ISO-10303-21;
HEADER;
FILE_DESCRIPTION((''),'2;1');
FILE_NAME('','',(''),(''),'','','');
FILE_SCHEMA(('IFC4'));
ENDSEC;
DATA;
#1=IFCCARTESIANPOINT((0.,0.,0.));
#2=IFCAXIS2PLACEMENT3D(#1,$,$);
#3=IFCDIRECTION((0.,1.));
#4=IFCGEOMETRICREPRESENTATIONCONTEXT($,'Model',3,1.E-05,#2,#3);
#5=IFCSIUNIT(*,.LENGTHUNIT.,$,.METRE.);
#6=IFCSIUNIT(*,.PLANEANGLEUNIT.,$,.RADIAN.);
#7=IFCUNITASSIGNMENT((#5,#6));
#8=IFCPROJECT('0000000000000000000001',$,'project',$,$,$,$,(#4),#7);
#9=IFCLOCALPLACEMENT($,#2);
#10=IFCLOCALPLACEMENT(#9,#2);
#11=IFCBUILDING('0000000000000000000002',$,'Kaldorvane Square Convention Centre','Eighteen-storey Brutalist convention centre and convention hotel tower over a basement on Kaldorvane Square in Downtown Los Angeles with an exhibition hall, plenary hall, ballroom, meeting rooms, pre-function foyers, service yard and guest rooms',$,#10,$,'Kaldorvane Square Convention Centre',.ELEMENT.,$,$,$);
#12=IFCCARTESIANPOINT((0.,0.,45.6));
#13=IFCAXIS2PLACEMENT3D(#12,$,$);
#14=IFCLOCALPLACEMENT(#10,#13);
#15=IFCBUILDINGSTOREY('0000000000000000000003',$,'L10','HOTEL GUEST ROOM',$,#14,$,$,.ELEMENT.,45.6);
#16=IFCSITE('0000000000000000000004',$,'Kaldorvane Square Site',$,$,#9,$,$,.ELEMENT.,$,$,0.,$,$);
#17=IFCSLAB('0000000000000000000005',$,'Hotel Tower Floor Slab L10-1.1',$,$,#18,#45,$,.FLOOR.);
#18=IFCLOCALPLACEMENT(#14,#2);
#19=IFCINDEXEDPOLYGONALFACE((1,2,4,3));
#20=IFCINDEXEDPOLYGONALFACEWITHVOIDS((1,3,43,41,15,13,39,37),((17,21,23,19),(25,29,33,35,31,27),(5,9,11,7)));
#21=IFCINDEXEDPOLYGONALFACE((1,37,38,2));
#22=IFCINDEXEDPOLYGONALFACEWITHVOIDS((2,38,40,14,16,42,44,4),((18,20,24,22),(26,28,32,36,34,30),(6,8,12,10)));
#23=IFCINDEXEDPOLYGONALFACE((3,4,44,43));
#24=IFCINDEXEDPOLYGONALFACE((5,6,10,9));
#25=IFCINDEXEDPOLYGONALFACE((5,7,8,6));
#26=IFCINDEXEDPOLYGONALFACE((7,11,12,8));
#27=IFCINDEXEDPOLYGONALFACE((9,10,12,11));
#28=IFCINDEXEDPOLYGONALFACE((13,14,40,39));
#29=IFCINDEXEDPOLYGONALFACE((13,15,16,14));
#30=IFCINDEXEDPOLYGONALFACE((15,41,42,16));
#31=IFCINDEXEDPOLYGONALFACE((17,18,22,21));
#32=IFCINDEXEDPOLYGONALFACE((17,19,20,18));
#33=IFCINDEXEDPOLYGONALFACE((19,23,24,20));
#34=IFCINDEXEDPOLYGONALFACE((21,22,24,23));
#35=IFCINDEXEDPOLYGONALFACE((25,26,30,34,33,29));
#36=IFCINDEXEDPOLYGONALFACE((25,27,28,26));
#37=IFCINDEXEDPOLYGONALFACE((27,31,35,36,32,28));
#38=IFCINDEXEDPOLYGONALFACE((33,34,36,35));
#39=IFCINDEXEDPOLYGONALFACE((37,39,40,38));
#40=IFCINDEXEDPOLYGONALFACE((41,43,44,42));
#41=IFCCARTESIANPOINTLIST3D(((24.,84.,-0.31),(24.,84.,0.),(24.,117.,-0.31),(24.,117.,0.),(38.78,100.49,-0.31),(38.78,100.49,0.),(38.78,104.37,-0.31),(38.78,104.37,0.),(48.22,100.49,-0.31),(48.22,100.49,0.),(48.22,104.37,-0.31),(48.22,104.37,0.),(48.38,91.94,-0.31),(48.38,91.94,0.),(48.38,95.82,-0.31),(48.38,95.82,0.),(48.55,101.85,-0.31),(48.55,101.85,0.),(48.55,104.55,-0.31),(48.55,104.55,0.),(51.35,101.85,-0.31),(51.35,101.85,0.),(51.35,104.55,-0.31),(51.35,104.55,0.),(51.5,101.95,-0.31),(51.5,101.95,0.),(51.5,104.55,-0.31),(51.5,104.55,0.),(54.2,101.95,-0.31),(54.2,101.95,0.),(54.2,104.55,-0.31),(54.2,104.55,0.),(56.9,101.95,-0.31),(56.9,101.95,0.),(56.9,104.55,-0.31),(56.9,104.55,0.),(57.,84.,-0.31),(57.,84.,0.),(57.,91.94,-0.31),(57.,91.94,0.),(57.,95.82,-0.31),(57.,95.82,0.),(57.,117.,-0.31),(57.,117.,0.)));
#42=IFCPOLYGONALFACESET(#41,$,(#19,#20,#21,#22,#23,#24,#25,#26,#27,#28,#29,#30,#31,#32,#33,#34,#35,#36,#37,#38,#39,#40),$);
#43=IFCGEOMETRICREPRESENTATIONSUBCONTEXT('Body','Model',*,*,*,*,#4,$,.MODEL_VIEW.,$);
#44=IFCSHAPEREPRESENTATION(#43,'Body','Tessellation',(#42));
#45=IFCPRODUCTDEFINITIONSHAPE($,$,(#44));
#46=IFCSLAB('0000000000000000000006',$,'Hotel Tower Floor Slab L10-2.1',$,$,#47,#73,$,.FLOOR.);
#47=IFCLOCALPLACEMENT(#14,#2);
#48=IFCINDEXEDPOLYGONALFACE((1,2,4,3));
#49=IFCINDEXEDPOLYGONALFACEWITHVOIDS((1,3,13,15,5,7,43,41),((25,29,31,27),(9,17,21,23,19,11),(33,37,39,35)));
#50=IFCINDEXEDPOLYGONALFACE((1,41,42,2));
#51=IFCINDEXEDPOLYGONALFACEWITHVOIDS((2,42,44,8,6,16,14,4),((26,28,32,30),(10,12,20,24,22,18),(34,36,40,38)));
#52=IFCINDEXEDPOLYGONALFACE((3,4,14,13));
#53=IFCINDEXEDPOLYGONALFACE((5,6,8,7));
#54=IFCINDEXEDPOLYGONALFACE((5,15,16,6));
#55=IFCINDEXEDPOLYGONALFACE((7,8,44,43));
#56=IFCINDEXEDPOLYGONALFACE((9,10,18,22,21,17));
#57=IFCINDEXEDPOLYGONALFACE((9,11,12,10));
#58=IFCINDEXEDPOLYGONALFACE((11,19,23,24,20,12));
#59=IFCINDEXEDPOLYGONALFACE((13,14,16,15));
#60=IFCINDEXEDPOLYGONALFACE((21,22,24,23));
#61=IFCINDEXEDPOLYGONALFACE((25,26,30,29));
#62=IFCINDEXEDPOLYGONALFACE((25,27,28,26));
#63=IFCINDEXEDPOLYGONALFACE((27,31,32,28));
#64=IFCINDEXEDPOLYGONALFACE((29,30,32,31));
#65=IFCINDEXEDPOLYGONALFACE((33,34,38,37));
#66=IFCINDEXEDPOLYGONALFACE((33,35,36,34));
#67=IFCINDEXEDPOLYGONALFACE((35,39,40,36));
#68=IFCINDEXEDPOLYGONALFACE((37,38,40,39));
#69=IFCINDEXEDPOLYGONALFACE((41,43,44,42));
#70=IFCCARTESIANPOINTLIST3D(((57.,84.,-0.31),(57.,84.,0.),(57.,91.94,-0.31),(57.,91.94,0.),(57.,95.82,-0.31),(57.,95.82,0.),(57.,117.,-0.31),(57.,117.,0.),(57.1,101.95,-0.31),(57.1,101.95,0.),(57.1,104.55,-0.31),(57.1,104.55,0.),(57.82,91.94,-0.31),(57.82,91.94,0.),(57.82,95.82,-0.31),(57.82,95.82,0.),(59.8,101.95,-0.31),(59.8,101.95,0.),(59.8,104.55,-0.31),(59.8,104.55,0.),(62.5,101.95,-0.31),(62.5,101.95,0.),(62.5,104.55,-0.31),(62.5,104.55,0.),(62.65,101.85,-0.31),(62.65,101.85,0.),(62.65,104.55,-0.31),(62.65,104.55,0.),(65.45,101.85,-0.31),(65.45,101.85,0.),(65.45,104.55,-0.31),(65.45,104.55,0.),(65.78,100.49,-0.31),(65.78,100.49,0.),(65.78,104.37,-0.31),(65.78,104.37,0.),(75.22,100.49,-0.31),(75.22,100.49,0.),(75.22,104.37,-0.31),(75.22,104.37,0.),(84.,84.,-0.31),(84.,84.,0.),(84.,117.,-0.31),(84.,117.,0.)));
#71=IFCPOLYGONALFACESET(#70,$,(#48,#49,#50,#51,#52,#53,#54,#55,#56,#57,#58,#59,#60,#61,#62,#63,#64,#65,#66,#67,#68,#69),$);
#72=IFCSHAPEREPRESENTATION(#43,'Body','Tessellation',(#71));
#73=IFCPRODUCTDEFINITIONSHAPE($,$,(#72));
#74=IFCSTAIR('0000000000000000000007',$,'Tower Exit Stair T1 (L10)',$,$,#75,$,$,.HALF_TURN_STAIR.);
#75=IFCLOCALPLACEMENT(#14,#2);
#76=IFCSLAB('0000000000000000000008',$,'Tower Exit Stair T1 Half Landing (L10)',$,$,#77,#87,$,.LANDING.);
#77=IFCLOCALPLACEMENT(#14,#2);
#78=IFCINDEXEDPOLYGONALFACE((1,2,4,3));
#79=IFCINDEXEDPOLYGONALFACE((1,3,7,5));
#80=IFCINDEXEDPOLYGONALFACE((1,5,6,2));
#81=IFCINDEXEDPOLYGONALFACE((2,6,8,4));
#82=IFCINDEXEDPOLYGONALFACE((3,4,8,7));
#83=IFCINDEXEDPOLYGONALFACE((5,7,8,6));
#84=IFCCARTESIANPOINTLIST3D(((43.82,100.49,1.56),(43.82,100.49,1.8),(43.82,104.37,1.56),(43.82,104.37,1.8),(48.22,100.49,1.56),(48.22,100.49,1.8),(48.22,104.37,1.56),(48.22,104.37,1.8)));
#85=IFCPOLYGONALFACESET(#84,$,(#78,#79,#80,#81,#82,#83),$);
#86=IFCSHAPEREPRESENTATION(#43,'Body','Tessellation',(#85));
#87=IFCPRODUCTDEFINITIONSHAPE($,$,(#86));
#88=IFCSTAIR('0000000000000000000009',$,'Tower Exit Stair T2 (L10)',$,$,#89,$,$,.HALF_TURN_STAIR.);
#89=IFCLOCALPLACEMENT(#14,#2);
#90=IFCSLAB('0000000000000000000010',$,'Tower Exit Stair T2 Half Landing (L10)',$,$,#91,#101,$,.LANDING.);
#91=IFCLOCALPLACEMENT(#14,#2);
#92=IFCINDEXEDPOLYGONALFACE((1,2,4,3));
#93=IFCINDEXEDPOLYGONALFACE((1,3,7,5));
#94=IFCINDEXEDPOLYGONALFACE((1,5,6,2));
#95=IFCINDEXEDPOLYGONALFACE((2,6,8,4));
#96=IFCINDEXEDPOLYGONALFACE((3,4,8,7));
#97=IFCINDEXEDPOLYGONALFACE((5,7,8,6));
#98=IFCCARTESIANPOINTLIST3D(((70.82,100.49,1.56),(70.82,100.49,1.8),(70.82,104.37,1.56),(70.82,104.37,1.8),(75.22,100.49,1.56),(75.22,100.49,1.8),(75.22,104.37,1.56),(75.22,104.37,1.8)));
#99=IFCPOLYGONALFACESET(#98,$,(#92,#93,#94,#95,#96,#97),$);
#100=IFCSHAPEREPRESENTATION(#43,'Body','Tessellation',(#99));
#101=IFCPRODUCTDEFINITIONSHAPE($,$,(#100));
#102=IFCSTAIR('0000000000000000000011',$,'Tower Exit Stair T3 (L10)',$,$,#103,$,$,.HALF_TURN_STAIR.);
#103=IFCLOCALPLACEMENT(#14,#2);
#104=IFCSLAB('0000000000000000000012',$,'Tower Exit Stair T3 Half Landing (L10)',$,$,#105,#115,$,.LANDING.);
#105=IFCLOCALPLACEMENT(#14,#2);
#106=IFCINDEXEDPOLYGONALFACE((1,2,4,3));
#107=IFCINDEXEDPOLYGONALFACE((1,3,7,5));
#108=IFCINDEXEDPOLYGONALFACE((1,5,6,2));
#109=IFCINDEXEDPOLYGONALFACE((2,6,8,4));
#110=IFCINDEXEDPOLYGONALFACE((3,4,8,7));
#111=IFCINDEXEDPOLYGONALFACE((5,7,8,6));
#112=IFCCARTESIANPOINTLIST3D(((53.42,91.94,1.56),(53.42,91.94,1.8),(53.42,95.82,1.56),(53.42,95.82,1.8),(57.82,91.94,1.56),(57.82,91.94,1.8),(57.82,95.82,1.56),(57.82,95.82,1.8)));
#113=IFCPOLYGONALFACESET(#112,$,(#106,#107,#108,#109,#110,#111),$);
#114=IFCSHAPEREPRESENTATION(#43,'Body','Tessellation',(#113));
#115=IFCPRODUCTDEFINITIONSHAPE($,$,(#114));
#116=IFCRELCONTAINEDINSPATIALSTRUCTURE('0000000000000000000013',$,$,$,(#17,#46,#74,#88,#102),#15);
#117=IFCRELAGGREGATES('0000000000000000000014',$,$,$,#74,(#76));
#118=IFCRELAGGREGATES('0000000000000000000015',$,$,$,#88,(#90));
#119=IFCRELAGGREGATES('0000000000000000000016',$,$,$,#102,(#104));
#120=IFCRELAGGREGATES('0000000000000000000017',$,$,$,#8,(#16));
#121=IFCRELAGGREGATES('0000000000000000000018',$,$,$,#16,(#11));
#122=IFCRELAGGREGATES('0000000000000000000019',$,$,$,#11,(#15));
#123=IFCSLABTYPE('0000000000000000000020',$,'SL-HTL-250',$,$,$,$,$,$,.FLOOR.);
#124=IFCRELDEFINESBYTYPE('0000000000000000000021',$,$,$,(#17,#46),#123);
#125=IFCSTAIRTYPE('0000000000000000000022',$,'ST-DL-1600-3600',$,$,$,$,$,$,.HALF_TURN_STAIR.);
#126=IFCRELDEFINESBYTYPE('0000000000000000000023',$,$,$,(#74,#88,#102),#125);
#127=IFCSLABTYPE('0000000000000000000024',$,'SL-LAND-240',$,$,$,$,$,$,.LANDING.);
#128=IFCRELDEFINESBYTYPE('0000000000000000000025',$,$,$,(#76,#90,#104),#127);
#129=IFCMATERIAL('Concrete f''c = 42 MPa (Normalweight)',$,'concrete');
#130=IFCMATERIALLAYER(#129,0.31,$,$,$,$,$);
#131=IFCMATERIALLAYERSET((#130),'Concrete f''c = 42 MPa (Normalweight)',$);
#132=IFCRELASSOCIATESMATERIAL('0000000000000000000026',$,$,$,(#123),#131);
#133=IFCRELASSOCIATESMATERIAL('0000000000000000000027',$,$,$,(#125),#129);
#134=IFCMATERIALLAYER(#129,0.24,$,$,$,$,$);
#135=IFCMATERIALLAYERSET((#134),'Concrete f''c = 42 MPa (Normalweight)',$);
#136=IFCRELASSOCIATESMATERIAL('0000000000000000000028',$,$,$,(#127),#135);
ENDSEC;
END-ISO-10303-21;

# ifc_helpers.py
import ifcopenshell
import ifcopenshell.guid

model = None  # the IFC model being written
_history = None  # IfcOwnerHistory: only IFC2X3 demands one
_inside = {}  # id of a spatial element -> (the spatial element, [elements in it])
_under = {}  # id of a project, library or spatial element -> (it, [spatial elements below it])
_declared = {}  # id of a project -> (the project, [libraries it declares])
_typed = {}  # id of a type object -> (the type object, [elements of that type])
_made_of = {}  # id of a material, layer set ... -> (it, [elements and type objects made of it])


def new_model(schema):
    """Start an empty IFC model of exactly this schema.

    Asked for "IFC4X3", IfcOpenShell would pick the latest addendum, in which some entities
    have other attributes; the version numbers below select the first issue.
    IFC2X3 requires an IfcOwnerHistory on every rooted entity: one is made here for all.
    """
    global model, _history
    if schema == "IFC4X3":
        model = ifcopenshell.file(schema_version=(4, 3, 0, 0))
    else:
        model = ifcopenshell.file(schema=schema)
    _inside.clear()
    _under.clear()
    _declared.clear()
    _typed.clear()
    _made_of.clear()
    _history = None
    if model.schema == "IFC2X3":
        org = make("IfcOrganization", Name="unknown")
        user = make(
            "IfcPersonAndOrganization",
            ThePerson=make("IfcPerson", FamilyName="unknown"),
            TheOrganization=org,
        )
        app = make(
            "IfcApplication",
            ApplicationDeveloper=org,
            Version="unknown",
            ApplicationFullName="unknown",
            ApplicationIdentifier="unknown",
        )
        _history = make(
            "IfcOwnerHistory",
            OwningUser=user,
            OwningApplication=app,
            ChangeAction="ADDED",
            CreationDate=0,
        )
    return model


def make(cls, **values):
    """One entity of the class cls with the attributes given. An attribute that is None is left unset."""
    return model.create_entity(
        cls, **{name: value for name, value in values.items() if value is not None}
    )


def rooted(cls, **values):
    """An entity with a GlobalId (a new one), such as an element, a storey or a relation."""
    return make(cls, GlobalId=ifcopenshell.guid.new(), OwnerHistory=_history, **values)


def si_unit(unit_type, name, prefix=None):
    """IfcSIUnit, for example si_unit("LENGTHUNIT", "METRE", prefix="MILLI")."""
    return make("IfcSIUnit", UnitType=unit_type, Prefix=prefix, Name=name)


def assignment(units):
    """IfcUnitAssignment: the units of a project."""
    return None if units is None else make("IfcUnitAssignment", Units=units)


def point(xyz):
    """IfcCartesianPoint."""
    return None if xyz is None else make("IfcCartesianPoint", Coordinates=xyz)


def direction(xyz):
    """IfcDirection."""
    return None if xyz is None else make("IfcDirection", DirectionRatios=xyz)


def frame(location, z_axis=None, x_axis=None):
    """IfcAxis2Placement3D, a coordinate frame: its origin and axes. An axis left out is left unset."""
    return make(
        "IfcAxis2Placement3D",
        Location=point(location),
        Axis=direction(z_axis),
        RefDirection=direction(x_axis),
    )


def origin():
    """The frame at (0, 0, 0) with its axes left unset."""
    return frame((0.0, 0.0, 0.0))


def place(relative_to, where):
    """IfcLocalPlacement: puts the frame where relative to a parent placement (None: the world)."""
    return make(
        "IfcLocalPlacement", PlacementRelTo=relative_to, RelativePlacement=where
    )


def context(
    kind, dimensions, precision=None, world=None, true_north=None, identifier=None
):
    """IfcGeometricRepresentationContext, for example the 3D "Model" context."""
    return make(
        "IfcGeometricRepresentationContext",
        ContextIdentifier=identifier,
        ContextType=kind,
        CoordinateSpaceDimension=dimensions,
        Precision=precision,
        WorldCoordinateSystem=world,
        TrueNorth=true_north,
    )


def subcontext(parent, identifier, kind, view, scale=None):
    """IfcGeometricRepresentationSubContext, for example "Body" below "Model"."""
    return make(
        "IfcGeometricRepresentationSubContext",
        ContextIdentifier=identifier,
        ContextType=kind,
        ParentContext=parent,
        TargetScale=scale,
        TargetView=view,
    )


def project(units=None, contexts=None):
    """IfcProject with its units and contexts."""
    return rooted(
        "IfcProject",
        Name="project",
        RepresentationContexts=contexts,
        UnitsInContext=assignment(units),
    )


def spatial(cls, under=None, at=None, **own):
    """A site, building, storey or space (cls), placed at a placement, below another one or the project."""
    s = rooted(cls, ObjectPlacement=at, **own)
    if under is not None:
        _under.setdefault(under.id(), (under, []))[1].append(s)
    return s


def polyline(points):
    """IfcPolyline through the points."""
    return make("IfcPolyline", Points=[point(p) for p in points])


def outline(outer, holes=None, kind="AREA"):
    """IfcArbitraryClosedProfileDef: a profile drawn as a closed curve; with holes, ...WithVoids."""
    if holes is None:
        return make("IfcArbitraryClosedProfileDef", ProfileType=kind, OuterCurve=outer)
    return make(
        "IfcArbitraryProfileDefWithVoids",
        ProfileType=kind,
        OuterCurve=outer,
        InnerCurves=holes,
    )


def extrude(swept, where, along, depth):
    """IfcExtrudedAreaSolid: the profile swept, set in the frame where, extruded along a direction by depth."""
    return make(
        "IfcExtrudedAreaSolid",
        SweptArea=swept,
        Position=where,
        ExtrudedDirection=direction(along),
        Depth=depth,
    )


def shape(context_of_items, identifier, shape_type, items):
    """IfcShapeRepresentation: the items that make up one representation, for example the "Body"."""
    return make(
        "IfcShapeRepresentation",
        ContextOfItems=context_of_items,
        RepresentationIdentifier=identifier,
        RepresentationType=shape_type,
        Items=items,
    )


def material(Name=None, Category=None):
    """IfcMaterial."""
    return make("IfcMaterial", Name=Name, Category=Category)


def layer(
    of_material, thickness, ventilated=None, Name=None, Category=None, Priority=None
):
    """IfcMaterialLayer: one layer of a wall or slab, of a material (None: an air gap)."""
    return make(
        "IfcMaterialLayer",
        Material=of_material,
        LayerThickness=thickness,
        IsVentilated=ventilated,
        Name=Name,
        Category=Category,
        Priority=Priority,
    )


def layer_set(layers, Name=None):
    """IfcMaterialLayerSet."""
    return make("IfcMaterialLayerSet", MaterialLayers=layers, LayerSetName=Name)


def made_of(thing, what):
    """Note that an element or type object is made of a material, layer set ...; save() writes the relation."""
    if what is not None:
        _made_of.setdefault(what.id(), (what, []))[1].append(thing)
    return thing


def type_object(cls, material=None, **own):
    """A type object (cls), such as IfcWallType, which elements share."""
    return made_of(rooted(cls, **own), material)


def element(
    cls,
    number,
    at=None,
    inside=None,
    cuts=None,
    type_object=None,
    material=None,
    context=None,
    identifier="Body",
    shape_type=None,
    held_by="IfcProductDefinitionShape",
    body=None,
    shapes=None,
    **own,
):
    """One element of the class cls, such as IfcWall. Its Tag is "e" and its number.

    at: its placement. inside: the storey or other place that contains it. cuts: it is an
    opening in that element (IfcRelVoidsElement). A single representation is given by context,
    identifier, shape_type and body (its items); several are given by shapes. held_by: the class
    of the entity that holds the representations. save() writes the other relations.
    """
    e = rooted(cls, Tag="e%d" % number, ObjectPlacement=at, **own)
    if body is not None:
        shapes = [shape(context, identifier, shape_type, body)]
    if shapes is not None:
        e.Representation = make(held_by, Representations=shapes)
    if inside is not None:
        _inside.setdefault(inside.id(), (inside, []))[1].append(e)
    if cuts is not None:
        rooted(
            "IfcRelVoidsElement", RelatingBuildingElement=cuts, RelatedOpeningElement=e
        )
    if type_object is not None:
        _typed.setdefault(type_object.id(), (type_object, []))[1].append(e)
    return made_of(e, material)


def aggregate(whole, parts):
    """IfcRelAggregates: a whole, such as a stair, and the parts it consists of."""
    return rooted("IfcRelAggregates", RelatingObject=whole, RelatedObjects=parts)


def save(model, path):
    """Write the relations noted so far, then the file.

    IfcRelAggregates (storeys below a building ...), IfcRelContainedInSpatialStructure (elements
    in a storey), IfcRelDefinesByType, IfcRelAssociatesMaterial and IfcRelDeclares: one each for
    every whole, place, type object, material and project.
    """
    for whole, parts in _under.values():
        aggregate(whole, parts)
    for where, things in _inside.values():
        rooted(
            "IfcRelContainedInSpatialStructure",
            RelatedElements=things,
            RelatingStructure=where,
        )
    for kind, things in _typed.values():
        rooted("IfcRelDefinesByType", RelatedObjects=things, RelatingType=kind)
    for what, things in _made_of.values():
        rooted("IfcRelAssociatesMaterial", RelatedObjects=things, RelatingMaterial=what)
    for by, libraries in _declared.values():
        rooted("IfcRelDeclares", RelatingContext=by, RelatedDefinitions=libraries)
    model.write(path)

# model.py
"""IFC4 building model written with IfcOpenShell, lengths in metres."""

from ifc_helpers import new_model, si_unit, direction, frame, origin, place, context, subcontext, project, spatial, polyline, outline, extrude, material, layer, layer_set, type_object, element, aggregate, save


model = new_model("IFC4")

# Units and contexts
model_context = context("Model", 3, precision=1e-05, world=origin(), true_north=direction((0.0, 1.0)))
body_context = subcontext(model_context, "Body", "Model", "MODEL_VIEW")
ifc_project = project(units=[si_unit("LENGTHUNIT", "METRE"), si_unit("PLANEANGLEUNIT", "RADIAN")], contexts=[model_context])

# Site, building, storey
site_placement = place(None, origin())
site = spatial("IfcSite", under=ifc_project, at=site_placement, Name="Kaldorvane Square Site", CompositionType="ELEMENT", RefElevation=0.0)
building_placement = place(site_placement, origin())
building = spatial("IfcBuilding", under=site, at=building_placement, Name="Kaldorvane Square Convention Centre", Description="Eighteen-storey Brutalist convention centre and convention hotel tower over a basement on Kaldorvane Square in Downtown Los Angeles with an exhibition hall, plenary hall, ballroom, meeting rooms, pre-function foyers, service yard and guest rooms", LongName="Kaldorvane Square Convention Centre", CompositionType="ELEMENT")
storey_placement = place(building_placement, frame((0.0, 0.0, 45.6)))
storey = spatial("IfcBuildingStorey", under=building, at=storey_placement, Name="L10", Description="HOTEL GUEST ROOM", CompositionType="ELEMENT", Elevation=45.6)

# Shared definitions
ifc_material = material(Name="Concrete f'c = 42 MPa (Normalweight)", Category="concrete")

# Slabs
ifc_layer_1 = layer(ifc_material, 0.31)
ifc_layer_set_1 = layer_set([ifc_layer_1], Name="Concrete f'c = 42 MPa (Normalweight)")
slab_type_1 = type_object("IfcSlabType", Name="SL-HTL-250", PredefinedType="FLOOR", material=ifc_layer_set_1)
slab_1_placement = place(storey_placement, frame((0.0, 0.0, -0.31)))
element("IfcSlab", 1, at=slab_1_placement, inside=storey, type_object=slab_type_1, Name="Hotel Tower Floor Slab L10-1.1", PredefinedType="FLOOR", context=body_context, shape_type="SweptSolid", body=[
    extrude(outline(polyline([(24.0, 117.0), (57.0, 117.0), (57.0, 95.82), (48.38, 95.82), (48.38, 91.94), (57.0, 91.94), (57.0, 84.0), (24.0, 84.0), (24.0, 117.0)]), holes=[polyline([(38.78, 104.37), (38.78, 100.49), (48.22, 100.49), (48.22, 104.37), (38.78, 104.37)]), polyline([(48.55, 104.55), (48.55, 101.85), (51.35, 101.85), (51.35, 104.55), (48.55, 104.55)]), polyline([(51.5, 104.55), (51.5, 101.95), (54.2, 101.95), (56.9, 101.95), (56.9, 104.55), (54.2, 104.55), (51.5, 104.55)])]), origin(), (0.0, 0.0, 1.0), 0.31),
])
slab_2_placement = place(storey_placement, frame((0.0, 0.0, -0.31)))
element("IfcSlab", 2, at=slab_2_placement, inside=storey, type_object=slab_type_1, Name="Hotel Tower Floor Slab L10-2.1", PredefinedType="FLOOR", context=body_context, shape_type="SweptSolid", body=[
    extrude(outline(polyline([(84.0, 117.0), (84.0, 84.0), (57.0, 84.0), (57.0, 91.94), (57.82, 91.94), (57.82, 95.82), (57.0, 95.82), (57.0, 117.0), (84.0, 117.0)]), holes=[polyline([(65.78, 104.37), (65.78, 100.49), (75.22, 100.49), (75.22, 104.37), (65.78, 104.37)]), polyline([(62.65, 104.55), (62.65, 101.85), (65.45, 101.85), (65.45, 104.55), (62.65, 104.55)]), polyline([(57.1, 104.55), (57.1, 101.95), (59.8, 101.95), (62.5, 101.95), (62.5, 104.55), (59.8, 104.55), (57.1, 104.55)])]), origin(), (0.0, 0.0, 1.0), 0.31),
])

# Stairs, slabs
stair_type = type_object("IfcStairType", Name="ST-DL-1600-3600", PredefinedType="HALF_TURN_STAIR", material=ifc_material)
stair_1_placement = place(storey_placement, origin())
stair_1 = element("IfcStair", 3, at=stair_1_placement, inside=storey, type_object=stair_type, Name="Tower Exit Stair T1 (L10)", PredefinedType="HALF_TURN_STAIR")
ifc_layer_2 = layer(ifc_material, 0.24)
ifc_layer_set_2 = layer_set([ifc_layer_2], Name="Concrete f'c = 42 MPa (Normalweight)")
slab_type_2 = type_object("IfcSlabType", Name="SL-LAND-240", PredefinedType="LANDING", material=ifc_layer_set_2)
slab_3_placement = place(storey_placement, frame((0.0, 0.0, 1.56)))
slab_3 = element("IfcSlab", 4, at=slab_3_placement, type_object=slab_type_2, Name="Tower Exit Stair T1 Half Landing (L10)", PredefinedType="LANDING", context=body_context, shape_type="SweptSolid", body=[
    extrude(outline(polyline([(43.82, 100.49), (48.22, 100.49), (48.22, 104.37), (43.82, 104.37), (43.82, 100.49)])), origin(), (0.0, 0.0, 1.0), 0.24),
])
aggregate(stair_1, [slab_3])
stair_2_placement = place(storey_placement, origin())
stair_2 = element("IfcStair", 5, at=stair_2_placement, inside=storey, type_object=stair_type, Name="Tower Exit Stair T2 (L10)", PredefinedType="HALF_TURN_STAIR")
slab_4_placement = place(storey_placement, frame((0.0, 0.0, 1.56)))
slab_4 = element("IfcSlab", 6, at=slab_4_placement, type_object=slab_type_2, Name="Tower Exit Stair T2 Half Landing (L10)", PredefinedType="LANDING", context=body_context, shape_type="SweptSolid", body=[
    extrude(outline(polyline([(70.82, 100.49), (75.22, 100.49), (75.22, 104.37), (70.82, 104.37), (70.82, 100.49)])), origin(), (0.0, 0.0, 1.0), 0.24),
])
aggregate(stair_2, [slab_4])
stair_3_placement = place(storey_placement, origin())
stair_3 = element("IfcStair", 7, at=stair_3_placement, inside=storey, type_object=stair_type, Name="Tower Exit Stair T3 (L10)", PredefinedType="HALF_TURN_STAIR")
slab_5_placement = place(storey_placement, frame((0.0, 0.0, 1.56)))
slab_5 = element("IfcSlab", 8, at=slab_5_placement, type_object=slab_type_2, Name="Tower Exit Stair T3 Half Landing (L10)", PredefinedType="LANDING", context=body_context, shape_type="SweptSolid", body=[
    extrude(outline(polyline([(53.42, 91.94), (57.82, 91.94), (57.82, 95.82), (53.42, 95.82), (53.42, 91.94)])), origin(), (0.0, 0.0, 1.0), 0.24),
])
aggregate(stair_3, [slab_5])

save(model, "model.ifc")
